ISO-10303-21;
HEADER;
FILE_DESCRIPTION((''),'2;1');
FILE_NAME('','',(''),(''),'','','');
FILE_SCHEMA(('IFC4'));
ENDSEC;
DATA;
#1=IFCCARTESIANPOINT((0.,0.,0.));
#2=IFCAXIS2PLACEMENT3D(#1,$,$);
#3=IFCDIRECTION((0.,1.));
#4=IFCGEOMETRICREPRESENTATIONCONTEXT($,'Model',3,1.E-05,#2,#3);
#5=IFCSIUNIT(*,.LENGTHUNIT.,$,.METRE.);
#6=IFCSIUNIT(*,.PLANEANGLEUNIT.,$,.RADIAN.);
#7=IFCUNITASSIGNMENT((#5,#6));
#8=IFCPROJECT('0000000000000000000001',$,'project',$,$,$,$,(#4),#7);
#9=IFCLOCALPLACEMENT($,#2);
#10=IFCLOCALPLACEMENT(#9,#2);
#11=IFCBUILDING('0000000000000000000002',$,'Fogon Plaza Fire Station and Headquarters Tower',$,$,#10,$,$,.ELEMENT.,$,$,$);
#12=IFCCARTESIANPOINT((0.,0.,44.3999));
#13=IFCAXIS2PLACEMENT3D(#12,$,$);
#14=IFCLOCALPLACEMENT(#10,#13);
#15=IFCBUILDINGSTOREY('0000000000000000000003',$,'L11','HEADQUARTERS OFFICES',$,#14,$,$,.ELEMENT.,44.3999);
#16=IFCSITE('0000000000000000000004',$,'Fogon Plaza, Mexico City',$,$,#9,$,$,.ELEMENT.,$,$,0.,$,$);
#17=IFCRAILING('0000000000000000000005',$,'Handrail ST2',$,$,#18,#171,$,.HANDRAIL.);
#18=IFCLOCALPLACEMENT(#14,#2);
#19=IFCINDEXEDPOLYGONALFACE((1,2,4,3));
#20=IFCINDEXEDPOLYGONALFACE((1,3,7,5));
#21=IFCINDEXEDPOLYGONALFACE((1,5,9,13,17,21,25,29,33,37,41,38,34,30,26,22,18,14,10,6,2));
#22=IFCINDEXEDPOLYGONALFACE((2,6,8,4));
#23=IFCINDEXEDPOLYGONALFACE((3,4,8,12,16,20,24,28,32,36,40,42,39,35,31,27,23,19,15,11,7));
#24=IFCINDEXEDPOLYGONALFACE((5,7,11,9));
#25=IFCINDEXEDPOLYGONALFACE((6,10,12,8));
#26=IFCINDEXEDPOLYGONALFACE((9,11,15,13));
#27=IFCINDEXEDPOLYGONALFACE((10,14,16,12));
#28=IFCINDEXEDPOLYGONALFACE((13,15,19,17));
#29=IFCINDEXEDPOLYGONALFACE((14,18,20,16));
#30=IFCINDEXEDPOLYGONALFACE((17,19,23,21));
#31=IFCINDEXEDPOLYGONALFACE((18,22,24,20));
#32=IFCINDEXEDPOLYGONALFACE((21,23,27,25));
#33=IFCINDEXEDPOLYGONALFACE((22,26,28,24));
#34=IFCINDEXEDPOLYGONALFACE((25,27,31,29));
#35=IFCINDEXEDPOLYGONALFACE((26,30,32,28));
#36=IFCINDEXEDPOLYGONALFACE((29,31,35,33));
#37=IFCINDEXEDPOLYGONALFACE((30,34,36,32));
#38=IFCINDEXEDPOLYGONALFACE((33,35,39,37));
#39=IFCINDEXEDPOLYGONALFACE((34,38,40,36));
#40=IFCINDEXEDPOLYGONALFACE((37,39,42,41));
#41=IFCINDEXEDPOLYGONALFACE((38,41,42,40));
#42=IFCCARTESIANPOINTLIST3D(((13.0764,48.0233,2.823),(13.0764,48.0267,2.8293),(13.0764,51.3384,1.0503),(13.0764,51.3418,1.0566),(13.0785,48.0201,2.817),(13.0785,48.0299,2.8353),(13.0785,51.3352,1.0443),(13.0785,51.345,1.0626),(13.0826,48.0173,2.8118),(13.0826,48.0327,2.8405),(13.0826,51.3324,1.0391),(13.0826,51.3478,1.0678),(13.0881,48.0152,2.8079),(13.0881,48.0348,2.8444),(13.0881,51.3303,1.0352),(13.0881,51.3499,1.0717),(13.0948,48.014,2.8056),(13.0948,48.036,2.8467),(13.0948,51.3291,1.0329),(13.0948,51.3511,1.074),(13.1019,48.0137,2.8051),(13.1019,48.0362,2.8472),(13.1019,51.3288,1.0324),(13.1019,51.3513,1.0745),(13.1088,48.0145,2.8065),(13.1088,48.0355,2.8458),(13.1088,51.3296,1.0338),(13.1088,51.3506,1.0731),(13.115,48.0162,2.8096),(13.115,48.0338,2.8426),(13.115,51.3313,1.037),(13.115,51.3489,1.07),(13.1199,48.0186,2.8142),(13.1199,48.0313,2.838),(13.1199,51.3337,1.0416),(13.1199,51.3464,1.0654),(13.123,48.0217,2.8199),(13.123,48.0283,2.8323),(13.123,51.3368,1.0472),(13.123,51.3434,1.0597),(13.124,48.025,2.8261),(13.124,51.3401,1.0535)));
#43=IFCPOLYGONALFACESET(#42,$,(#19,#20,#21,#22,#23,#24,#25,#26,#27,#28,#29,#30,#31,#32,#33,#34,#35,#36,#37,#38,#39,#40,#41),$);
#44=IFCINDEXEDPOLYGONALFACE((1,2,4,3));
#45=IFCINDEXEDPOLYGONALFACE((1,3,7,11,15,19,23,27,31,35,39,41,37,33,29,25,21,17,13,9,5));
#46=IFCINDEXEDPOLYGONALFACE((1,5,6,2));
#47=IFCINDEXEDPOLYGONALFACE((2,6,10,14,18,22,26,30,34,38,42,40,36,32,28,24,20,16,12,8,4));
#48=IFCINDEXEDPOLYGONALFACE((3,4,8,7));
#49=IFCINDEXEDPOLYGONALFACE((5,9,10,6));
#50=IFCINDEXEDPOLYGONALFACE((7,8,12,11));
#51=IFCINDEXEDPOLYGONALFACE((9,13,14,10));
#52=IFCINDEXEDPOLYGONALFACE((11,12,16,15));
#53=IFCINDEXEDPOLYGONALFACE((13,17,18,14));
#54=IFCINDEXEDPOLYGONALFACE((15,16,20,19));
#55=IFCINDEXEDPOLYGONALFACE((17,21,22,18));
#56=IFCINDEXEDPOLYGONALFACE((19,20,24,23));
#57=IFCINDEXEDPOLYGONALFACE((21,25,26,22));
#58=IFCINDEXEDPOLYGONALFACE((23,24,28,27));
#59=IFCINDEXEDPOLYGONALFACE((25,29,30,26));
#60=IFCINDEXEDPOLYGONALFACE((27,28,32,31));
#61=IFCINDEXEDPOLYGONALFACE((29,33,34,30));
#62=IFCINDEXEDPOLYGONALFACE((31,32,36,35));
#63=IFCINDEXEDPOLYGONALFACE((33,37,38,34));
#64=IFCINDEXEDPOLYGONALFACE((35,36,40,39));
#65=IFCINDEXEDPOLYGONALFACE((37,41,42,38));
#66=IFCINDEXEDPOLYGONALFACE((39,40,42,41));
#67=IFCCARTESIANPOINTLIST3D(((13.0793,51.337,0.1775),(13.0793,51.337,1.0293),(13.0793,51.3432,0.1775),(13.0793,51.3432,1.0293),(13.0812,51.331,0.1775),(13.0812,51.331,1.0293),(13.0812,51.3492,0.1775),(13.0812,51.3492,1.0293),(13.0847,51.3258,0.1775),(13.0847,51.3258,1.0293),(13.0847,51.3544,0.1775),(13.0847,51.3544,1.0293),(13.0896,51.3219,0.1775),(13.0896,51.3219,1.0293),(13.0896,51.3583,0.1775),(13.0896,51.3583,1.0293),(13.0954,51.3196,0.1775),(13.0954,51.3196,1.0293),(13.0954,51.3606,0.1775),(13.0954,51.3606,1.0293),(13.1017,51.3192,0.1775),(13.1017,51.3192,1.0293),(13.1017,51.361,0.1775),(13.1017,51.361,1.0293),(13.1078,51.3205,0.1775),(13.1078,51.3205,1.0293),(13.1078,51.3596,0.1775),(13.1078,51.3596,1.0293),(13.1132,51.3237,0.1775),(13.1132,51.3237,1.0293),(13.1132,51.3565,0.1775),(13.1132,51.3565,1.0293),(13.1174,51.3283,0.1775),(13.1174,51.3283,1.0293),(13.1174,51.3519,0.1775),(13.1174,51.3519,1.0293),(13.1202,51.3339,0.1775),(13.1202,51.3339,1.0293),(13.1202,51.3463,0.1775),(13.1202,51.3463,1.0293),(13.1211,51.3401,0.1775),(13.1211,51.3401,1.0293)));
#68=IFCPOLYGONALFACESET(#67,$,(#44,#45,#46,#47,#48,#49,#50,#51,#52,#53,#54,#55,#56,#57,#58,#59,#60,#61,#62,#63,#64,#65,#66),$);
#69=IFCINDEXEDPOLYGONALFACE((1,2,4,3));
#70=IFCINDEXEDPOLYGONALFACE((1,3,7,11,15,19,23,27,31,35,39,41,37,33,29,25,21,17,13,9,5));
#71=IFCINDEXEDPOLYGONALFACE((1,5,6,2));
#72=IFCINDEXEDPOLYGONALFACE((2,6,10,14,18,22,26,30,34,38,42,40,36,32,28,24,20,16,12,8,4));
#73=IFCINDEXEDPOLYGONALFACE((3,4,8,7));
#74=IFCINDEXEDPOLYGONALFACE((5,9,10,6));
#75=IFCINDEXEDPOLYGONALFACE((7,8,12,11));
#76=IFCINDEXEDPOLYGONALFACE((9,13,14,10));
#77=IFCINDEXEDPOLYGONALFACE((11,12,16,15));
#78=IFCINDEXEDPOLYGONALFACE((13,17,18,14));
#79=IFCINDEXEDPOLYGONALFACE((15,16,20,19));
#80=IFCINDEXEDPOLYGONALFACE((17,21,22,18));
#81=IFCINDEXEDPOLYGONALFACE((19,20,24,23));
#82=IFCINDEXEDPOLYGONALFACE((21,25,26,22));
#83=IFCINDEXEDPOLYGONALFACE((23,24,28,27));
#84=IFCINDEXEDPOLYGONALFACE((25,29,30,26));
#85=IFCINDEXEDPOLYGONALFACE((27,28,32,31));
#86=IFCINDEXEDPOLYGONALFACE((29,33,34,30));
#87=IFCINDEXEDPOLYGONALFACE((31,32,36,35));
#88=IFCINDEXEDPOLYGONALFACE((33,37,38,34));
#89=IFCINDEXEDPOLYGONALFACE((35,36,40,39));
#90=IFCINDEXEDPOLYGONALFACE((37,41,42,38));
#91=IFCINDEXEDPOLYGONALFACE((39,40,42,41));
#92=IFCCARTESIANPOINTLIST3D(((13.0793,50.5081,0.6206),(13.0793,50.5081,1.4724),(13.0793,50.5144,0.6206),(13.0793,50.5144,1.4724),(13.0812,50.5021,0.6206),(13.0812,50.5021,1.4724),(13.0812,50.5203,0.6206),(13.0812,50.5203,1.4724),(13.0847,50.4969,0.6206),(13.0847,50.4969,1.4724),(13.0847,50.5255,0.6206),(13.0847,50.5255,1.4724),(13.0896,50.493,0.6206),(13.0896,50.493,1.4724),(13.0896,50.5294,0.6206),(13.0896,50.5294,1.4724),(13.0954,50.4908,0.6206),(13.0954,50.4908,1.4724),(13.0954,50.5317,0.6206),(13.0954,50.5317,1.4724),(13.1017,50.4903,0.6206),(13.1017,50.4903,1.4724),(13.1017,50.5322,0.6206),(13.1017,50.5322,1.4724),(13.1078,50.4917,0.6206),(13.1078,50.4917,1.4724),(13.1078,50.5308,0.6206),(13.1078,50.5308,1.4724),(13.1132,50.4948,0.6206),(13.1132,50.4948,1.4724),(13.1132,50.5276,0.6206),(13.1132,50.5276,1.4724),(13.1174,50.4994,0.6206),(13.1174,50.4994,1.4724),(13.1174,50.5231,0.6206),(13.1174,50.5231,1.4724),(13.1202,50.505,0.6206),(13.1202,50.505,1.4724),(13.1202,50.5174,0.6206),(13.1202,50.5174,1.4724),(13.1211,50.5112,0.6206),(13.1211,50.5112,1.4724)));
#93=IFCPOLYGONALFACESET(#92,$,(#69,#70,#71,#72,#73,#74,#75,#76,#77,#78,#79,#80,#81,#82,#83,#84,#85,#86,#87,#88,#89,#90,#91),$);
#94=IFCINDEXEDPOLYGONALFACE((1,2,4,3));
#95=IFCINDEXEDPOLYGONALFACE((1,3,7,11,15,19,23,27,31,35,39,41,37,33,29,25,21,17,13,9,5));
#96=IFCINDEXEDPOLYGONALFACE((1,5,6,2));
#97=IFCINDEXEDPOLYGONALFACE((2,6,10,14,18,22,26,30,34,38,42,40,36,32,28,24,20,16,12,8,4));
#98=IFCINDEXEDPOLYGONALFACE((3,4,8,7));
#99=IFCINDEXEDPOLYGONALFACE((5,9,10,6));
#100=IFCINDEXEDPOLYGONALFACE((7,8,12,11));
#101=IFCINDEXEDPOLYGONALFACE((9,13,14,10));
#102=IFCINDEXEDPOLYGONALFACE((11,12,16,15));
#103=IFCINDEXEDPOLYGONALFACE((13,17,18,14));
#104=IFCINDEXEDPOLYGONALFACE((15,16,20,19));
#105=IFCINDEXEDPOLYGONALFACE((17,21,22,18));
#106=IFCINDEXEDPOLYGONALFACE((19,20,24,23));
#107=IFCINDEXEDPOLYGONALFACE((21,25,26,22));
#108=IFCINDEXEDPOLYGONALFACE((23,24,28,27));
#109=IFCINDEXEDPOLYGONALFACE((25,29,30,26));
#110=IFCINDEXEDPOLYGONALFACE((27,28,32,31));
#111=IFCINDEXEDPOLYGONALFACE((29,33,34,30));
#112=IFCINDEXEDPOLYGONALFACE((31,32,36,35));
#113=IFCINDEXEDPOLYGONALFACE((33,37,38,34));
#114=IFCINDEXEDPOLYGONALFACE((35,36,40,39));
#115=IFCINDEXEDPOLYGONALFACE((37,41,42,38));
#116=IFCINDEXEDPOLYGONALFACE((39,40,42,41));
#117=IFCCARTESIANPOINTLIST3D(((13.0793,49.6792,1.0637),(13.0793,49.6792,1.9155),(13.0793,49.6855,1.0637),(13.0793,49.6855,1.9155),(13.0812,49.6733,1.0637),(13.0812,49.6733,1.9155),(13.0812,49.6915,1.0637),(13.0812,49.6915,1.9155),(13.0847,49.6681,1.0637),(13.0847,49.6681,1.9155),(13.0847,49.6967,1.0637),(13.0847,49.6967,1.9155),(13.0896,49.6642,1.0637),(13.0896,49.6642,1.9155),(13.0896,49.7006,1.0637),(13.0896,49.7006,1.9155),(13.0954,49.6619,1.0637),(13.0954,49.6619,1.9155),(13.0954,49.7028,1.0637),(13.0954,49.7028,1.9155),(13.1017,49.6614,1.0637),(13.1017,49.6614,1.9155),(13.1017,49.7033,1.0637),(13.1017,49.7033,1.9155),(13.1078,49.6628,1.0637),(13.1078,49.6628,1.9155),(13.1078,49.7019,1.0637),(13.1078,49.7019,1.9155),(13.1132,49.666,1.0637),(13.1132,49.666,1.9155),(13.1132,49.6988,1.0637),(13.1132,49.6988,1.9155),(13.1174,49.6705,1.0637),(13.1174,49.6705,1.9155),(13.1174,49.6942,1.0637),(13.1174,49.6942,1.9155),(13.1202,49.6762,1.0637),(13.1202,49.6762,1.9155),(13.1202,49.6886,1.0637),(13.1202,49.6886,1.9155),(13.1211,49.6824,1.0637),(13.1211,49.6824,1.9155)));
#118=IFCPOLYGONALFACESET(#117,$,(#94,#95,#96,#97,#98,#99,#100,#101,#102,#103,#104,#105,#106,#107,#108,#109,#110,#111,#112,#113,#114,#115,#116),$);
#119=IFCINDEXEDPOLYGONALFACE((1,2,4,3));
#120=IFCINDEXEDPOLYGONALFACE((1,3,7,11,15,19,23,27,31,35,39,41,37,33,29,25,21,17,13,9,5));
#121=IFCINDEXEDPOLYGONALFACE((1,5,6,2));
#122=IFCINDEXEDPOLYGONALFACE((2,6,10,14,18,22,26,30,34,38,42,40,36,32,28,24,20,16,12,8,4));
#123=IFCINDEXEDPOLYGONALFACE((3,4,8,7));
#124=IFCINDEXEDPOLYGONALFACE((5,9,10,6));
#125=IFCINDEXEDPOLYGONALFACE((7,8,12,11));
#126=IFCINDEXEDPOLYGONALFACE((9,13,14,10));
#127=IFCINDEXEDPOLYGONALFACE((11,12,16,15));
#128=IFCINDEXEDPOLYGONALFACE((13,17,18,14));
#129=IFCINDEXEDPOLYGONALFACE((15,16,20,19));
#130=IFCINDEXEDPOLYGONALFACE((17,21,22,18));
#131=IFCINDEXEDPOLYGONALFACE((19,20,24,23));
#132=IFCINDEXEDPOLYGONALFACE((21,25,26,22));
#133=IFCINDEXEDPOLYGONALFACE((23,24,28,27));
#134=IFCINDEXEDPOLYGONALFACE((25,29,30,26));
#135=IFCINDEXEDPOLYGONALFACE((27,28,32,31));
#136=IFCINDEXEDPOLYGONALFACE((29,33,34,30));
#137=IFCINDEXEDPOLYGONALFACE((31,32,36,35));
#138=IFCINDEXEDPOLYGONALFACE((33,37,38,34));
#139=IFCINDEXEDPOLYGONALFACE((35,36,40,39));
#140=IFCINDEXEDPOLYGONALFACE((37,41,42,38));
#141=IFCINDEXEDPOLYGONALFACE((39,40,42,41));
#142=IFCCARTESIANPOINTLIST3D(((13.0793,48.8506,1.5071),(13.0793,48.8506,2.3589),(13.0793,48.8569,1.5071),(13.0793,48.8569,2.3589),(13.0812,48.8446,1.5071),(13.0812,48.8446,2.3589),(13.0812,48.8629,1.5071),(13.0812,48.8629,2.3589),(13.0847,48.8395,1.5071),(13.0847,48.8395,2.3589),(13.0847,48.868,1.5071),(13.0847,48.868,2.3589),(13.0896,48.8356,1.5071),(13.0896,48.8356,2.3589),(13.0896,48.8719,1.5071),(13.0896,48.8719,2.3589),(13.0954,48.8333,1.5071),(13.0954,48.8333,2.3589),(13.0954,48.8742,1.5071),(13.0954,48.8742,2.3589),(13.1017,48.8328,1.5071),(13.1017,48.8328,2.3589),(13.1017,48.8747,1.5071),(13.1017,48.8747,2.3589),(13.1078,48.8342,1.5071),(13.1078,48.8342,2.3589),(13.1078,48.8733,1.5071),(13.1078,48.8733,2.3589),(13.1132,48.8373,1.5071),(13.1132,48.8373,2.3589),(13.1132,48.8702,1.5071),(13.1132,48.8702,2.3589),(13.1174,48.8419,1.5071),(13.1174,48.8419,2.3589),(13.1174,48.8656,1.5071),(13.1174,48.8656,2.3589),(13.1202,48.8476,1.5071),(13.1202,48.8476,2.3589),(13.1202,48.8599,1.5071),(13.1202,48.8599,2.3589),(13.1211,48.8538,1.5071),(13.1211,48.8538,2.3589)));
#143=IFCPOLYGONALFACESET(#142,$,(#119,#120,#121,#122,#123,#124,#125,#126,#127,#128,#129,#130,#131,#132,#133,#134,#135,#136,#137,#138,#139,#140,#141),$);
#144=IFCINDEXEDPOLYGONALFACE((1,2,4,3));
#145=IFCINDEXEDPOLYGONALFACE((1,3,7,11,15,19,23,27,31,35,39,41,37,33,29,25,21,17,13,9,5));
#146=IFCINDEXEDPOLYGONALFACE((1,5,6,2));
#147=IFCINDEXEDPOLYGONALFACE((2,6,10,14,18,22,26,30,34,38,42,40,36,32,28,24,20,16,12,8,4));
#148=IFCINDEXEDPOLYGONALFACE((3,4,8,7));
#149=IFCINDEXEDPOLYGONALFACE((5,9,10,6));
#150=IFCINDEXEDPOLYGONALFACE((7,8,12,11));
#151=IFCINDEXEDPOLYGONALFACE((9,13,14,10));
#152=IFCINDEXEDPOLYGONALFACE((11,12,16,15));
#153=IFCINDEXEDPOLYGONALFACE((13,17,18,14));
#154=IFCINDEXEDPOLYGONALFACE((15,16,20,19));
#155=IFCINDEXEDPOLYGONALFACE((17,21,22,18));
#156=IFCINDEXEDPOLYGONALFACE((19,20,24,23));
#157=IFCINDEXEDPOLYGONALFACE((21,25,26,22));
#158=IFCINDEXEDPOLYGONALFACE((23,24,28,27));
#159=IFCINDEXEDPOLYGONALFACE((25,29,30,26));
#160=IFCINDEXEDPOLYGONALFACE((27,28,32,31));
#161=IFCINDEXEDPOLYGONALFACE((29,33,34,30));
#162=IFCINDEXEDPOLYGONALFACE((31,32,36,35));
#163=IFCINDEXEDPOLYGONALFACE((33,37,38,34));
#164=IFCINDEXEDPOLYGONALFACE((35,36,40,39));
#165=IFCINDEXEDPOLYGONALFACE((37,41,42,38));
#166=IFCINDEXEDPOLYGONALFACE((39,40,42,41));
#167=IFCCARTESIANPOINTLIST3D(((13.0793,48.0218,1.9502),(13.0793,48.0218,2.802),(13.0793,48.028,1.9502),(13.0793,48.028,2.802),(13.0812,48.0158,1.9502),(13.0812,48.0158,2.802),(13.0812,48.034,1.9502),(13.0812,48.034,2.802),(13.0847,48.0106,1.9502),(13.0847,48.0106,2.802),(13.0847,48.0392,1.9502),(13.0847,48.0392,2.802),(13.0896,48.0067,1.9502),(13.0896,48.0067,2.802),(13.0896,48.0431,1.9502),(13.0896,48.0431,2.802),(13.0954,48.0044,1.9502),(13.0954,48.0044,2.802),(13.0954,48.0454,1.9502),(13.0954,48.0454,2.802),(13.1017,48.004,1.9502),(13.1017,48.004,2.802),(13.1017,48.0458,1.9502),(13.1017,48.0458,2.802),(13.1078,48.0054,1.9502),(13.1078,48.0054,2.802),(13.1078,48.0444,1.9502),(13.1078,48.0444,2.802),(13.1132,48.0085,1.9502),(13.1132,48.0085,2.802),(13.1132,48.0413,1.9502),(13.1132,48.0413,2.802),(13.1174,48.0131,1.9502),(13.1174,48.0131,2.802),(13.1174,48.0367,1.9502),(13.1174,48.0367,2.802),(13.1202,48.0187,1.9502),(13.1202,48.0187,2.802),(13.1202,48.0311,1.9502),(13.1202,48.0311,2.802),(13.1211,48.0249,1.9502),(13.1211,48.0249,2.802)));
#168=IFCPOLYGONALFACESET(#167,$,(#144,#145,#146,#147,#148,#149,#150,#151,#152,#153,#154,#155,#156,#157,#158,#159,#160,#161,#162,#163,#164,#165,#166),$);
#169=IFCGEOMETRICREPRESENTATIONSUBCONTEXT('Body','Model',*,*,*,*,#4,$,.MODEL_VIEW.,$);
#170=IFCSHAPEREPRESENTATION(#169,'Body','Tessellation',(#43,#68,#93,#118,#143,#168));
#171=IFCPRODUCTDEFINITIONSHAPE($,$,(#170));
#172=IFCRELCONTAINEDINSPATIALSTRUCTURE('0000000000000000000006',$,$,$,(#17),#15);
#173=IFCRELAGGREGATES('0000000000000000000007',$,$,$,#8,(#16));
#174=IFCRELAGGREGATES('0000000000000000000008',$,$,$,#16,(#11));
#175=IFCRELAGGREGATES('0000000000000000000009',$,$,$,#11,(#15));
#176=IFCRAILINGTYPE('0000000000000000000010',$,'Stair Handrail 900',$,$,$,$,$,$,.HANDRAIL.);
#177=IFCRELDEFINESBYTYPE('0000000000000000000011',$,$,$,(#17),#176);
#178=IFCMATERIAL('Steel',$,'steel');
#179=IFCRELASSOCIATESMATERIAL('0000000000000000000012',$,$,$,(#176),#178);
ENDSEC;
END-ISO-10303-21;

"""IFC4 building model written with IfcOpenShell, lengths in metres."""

from ifc_helpers import new_model, si_unit, direction, frame, origin, origin_2d, place, context, subcontext, project, spatial, circle, extrude, material, type_object, element, save


model = new_model("IFC4")

# Units and contexts
model_context = context("Model", 3, precision=1e-05, world=origin(), true_north=direction((0.0, 1.0)))
body_context = subcontext(model_context, "Body", "Model", "MODEL_VIEW")
ifc_project = project(units=[si_unit("LENGTHUNIT", "METRE"), si_unit("PLANEANGLEUNIT", "RADIAN")], contexts=[model_context])

# Site, building, storey
site_placement = place(None, origin())
site = spatial("IfcSite", under=ifc_project, at=site_placement, Name="Fogon Plaza, Mexico City", CompositionType="ELEMENT", RefElevation=0.0)
building_placement = place(site_placement, origin())
building = spatial("IfcBuilding", under=site, at=building_placement, Name="Fogon Plaza Fire Station and Headquarters Tower", CompositionType="ELEMENT")
storey_placement = place(building_placement, frame((0.0, 0.0, 44.3999)))
storey = spatial("IfcBuildingStorey", under=building, at=storey_placement, Name="L11", Description="HEADQUARTERS OFFICES", CompositionType="ELEMENT", Elevation=44.3999)

# Railing
ifc_material_1 = material(Name="Steel", Category="steel")
railing_type = type_object("IfcRailingType", Name="Stair Handrail 900", PredefinedType="HANDRAIL", material=ifc_material_1)
for number, where, name in (
    (1, (13.1001, 51.3401, 0.1775), "Handrail ST2"),
):
    element("IfcRailing", number, at=place(storey_placement, frame(where)), inside=storey, type_object=railing_type, Name=name, PredefinedType="HANDRAIL", context=body_context, shape_type="SweptSolid", body=[
        extrude(circle(Radius=0.0239, at=origin_2d()), frame((0.0, 0.0, 0.876), z_axis=(0.0, -0.881844, 0.471542), x_axis=(1.0, 0.0, 0.0)), (0.0, 0.0, 1.0), 3.7593),
        extrude(circle(Radius=0.021, at=origin_2d()), origin(), (0.0, 0.0, 1.0), 0.8518),
        extrude(circle(Radius=0.021, at=origin_2d()), frame((0.0, -0.8289, 0.4431)), (0.0, 0.0, 1.0), 0.8518),
        extrude(circle(Radius=0.021, at=origin_2d()), frame((0.0, -1.6577, 0.8862)), (0.0, 0.0, 1.0), 0.8518),
        extrude(circle(Radius=0.021, at=origin_2d()), frame((0.0, -2.4863, 1.3296)), (0.0, 0.0, 1.0), 0.8518),
        extrude(circle(Radius=0.021, at=origin_2d()), frame((0.0, -3.3152, 1.7727)), (0.0, 0.0, 1.0), 0.8518),
    ])

save(model, "model.ifc")
